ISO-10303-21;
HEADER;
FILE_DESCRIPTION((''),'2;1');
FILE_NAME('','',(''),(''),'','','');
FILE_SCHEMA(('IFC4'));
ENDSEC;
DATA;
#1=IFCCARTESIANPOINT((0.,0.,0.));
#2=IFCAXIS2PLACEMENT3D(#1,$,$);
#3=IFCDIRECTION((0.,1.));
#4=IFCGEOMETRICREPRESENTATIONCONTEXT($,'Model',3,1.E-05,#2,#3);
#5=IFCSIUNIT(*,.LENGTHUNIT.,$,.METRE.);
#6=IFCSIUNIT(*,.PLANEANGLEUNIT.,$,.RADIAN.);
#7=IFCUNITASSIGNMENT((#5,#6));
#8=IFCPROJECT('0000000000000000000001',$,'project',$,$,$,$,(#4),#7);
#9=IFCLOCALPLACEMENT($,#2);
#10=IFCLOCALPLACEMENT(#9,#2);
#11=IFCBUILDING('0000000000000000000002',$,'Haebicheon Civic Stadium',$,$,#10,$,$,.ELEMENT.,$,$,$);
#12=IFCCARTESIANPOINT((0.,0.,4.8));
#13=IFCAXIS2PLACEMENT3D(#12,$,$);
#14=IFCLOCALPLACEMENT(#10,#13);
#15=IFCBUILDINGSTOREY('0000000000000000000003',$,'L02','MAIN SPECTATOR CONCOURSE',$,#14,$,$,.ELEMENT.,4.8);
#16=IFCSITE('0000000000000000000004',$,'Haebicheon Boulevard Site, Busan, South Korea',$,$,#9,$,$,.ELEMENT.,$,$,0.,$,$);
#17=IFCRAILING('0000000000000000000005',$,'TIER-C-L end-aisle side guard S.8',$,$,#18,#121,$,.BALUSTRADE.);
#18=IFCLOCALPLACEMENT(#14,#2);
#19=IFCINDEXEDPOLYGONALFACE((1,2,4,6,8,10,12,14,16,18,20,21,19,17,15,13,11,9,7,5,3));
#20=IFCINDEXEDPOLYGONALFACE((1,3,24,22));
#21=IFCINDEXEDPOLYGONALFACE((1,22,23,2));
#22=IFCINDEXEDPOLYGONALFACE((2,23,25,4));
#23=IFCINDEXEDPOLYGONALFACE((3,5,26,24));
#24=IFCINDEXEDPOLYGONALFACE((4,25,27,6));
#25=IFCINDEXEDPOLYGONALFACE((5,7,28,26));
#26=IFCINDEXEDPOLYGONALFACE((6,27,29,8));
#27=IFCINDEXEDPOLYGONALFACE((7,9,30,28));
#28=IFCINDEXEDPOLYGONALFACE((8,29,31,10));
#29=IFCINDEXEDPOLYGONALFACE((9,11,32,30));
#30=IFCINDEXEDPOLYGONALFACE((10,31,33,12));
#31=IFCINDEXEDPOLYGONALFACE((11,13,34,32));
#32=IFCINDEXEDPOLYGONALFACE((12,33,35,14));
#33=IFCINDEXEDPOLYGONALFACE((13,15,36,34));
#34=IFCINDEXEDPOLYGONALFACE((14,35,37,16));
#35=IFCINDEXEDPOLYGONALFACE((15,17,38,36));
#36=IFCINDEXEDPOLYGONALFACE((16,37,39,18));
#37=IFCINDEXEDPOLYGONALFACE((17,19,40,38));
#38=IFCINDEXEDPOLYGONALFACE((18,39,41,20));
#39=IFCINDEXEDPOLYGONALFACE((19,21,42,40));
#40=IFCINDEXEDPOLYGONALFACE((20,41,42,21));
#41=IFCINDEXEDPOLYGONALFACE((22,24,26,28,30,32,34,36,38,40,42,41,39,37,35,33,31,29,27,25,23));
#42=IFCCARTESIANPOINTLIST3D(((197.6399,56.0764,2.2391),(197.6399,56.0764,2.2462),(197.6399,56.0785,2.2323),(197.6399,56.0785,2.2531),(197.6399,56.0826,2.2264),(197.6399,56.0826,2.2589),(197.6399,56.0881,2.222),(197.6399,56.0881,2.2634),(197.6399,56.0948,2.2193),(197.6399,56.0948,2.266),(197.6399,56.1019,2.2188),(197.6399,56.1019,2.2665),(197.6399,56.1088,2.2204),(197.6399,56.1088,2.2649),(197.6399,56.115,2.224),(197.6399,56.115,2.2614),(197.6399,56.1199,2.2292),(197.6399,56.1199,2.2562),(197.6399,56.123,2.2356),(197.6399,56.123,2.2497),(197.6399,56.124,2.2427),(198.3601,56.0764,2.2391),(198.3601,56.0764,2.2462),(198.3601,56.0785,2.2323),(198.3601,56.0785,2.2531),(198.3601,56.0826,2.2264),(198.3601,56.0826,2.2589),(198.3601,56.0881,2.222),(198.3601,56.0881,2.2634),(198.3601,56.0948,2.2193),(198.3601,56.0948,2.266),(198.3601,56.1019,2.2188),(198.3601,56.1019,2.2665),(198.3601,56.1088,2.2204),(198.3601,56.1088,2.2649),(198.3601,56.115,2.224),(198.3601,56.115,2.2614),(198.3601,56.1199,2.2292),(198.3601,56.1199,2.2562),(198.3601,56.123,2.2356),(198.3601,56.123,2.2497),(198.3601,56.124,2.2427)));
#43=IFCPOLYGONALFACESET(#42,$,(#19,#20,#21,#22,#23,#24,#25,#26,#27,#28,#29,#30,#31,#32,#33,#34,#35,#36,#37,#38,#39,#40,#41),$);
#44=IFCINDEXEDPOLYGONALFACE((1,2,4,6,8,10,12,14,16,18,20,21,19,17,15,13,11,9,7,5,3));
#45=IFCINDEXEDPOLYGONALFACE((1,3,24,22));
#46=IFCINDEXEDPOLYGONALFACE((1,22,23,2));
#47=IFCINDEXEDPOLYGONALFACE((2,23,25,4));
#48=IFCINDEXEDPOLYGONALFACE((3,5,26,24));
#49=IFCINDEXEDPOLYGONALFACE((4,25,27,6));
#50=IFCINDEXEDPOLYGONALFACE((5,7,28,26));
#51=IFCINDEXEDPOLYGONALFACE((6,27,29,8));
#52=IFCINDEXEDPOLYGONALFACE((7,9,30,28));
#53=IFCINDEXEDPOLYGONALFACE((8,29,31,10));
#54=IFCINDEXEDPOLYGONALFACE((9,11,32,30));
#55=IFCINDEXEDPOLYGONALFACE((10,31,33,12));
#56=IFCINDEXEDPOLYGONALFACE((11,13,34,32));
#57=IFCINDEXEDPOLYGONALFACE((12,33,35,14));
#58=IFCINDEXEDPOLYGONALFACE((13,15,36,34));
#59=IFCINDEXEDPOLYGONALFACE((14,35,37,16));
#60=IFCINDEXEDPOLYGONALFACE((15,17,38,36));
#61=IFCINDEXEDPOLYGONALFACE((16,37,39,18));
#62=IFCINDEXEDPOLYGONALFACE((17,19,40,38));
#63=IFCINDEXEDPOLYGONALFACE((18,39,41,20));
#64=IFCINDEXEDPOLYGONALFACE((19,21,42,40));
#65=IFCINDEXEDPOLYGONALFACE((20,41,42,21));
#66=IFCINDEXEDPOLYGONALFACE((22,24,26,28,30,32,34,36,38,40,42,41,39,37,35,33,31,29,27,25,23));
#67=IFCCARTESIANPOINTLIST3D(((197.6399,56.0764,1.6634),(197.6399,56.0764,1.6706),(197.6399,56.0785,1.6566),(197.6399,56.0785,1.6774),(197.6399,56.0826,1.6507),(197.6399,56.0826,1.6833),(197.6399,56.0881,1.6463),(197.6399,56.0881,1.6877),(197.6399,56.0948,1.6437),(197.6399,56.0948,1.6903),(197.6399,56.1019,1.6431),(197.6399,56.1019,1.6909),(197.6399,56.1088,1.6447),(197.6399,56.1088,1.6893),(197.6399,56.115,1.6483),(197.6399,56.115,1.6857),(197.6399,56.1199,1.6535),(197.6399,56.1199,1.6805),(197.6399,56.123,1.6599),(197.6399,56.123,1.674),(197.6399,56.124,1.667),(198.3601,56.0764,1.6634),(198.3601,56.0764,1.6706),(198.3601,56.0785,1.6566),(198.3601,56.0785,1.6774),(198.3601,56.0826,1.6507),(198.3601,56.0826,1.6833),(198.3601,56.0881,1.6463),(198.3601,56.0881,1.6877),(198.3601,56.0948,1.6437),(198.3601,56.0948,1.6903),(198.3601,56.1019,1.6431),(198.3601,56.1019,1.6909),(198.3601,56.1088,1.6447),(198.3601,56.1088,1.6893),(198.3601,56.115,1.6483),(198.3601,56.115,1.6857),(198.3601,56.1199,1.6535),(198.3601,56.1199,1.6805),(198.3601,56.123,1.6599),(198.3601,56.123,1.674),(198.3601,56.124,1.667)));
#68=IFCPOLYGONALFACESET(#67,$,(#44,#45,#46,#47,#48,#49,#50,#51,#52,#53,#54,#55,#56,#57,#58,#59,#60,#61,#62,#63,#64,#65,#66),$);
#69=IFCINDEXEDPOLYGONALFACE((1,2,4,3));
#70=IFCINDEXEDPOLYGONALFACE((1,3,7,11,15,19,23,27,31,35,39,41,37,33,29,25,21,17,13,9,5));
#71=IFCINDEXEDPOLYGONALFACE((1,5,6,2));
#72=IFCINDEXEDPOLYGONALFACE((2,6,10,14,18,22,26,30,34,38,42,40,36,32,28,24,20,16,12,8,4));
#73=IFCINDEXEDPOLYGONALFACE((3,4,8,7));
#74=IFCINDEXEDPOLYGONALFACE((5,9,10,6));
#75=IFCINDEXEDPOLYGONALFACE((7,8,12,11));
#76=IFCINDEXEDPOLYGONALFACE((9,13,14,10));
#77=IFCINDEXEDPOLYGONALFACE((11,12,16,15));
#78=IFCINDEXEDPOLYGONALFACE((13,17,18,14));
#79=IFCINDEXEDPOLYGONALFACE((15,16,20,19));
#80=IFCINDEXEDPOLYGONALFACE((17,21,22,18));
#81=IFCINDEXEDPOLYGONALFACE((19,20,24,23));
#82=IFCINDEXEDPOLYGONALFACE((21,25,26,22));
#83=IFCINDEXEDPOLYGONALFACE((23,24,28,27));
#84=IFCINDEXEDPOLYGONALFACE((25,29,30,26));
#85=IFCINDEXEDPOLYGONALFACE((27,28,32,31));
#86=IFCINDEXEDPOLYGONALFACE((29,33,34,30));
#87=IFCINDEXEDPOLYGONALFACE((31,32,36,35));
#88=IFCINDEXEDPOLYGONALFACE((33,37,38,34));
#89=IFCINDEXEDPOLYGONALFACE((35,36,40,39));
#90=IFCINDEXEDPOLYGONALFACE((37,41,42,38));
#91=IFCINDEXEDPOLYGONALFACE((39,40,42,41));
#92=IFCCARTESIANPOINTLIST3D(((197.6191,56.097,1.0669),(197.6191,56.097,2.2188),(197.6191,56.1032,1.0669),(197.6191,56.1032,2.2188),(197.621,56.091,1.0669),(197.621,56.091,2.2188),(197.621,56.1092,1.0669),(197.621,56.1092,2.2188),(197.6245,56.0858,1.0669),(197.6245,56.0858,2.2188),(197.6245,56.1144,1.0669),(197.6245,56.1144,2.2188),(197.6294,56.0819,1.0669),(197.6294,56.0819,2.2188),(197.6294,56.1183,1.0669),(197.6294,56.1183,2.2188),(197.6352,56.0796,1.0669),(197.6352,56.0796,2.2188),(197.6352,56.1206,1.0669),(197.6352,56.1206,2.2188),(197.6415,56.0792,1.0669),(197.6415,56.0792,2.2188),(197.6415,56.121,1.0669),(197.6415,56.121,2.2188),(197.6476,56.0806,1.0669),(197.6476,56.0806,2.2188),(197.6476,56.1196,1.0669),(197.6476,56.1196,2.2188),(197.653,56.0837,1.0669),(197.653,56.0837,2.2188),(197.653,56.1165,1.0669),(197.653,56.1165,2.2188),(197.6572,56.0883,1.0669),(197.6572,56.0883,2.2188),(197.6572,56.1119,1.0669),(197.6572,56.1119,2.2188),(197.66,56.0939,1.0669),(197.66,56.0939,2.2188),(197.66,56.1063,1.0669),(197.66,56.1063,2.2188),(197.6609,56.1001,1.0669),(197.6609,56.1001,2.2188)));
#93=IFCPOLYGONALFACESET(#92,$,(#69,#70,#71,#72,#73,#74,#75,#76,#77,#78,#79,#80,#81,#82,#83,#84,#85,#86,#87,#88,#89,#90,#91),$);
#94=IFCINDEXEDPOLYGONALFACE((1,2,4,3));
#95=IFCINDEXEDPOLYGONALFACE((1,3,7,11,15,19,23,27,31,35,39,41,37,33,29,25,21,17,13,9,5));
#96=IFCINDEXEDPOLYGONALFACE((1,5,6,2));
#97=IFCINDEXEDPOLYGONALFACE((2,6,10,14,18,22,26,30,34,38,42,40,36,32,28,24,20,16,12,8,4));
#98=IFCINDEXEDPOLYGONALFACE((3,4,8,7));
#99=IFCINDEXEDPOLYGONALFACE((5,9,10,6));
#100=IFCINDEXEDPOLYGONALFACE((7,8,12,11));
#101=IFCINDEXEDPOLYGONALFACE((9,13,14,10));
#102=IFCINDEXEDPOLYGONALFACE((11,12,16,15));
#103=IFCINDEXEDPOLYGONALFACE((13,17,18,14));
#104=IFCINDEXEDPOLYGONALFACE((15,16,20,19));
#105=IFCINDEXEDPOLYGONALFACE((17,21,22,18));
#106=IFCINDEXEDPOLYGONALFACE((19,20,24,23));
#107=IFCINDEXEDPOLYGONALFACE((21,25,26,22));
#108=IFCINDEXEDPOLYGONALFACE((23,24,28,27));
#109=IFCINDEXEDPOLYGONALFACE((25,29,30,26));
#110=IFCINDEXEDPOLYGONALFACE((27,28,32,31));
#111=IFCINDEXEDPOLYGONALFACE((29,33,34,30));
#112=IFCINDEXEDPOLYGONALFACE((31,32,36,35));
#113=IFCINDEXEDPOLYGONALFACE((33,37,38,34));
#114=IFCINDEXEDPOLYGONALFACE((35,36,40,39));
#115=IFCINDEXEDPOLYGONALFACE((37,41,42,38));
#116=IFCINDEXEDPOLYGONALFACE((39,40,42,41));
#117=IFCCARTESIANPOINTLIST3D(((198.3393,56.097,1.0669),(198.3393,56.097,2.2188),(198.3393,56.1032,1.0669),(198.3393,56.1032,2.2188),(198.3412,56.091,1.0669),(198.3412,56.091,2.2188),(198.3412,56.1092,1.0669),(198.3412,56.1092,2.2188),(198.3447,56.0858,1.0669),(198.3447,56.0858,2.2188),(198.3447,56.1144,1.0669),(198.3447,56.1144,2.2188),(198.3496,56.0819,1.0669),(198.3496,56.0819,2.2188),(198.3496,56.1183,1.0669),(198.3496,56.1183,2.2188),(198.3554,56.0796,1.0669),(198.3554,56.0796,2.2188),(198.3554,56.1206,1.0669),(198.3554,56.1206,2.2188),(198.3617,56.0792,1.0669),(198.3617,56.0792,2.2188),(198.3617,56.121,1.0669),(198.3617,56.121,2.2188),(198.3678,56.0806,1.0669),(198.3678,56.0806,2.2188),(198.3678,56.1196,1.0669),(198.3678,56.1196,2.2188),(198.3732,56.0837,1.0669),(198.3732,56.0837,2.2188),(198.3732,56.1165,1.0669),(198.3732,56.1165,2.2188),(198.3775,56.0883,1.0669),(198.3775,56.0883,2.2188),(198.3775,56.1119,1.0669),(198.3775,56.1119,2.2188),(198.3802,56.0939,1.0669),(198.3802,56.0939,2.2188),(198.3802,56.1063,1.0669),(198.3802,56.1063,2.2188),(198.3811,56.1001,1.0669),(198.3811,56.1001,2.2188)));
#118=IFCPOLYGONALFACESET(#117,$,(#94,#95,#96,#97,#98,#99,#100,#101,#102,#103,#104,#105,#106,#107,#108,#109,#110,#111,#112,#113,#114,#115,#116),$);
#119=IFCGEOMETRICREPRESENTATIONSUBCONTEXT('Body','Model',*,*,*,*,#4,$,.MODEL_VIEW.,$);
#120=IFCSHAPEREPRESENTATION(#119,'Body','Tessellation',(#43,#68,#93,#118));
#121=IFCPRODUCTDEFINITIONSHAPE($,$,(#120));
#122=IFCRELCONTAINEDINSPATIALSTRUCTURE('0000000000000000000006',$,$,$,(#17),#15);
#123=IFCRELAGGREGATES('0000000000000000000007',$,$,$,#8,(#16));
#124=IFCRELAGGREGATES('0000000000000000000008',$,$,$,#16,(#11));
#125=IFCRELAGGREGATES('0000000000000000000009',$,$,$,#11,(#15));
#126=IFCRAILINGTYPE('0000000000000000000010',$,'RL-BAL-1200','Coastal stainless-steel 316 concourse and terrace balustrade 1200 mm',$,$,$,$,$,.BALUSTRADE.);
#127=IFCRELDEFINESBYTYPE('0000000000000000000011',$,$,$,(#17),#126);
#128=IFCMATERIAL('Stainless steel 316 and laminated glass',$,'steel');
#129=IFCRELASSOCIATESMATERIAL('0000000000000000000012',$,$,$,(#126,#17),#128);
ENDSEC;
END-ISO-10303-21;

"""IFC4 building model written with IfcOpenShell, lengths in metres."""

from ifc_helpers import new_model, si_unit, direction, frame, origin, origin_2d, place, context, subcontext, project, spatial, circle, extrude, material, type_object, element, save


model = new_model("IFC4")

# Units and contexts
model_context = context("Model", 3, precision=1e-05, world=origin(), true_north=direction((0.0, 1.0)))
body_context = subcontext(model_context, "Body", "Model", "MODEL_VIEW")
ifc_project = project(units=[si_unit("LENGTHUNIT", "METRE"), si_unit("PLANEANGLEUNIT", "RADIAN")], contexts=[model_context])

# Site, building, storey
site_placement = place(None, origin())
site = spatial("IfcSite", under=ifc_project, at=site_placement, Name="Haebicheon Boulevard Site, Busan, South Korea", CompositionType="ELEMENT", RefElevation=0.0)
building_placement = place(site_placement, origin())
building = spatial("IfcBuilding", under=site, at=building_placement, Name="Haebicheon Civic Stadium", CompositionType="ELEMENT")
storey_placement = place(building_placement, frame((0.0, 0.0, 4.8)))
storey = spatial("IfcBuildingStorey", under=building, at=storey_placement, Name="L02", Description="MAIN SPECTATOR CONCOURSE", CompositionType="ELEMENT", Elevation=4.8)

# Railing
ifc_material_1 = material(Name="Stainless steel 316 and laminated glass", Category="steel")
railing_type = type_object("IfcRailingType", Name="RL-BAL-1200", Description="Coastal stainless-steel 316 concourse and terrace balustrade 1200 mm", PredefinedType="BALUSTRADE", material=ifc_material_1)
railing_1_placement = place(storey_placement, frame((197.6399, 56.1001, 1.0669)))
element("IfcRailing", 1, at=railing_1_placement, inside=storey, type_object=railing_type, material=ifc_material_1, Name="TIER-C-L end-aisle side guard S.8", PredefinedType="BALUSTRADE", context=body_context, shape_type="SweptSolid", body=[
    extrude(circle(Radius=0.0239, at=origin_2d()), frame((0.0, 0.0, 1.1758), z_axis=(1.0, 0.0, 0.0), x_axis=(0.0, 1.0, 0.0)), (0.0, 0.0, 1.0), 0.7202),
    extrude(circle(Radius=0.0239, at=origin_2d()), frame((0.0, 0.0, 0.6001), z_axis=(1.0, 0.0, 0.0), x_axis=(0.0, 1.0, 0.0)), (0.0, 0.0, 1.0), 0.7202),
    extrude(circle(Radius=0.021, at=origin_2d()), origin(), (0.0, 0.0, 1.0), 1.1519),
    extrude(circle(Radius=0.021, at=origin_2d()), frame((0.7202, 0.0, 0.0)), (0.0, 0.0, 1.0), 1.1519),
])

save(model, "model.ifc")
